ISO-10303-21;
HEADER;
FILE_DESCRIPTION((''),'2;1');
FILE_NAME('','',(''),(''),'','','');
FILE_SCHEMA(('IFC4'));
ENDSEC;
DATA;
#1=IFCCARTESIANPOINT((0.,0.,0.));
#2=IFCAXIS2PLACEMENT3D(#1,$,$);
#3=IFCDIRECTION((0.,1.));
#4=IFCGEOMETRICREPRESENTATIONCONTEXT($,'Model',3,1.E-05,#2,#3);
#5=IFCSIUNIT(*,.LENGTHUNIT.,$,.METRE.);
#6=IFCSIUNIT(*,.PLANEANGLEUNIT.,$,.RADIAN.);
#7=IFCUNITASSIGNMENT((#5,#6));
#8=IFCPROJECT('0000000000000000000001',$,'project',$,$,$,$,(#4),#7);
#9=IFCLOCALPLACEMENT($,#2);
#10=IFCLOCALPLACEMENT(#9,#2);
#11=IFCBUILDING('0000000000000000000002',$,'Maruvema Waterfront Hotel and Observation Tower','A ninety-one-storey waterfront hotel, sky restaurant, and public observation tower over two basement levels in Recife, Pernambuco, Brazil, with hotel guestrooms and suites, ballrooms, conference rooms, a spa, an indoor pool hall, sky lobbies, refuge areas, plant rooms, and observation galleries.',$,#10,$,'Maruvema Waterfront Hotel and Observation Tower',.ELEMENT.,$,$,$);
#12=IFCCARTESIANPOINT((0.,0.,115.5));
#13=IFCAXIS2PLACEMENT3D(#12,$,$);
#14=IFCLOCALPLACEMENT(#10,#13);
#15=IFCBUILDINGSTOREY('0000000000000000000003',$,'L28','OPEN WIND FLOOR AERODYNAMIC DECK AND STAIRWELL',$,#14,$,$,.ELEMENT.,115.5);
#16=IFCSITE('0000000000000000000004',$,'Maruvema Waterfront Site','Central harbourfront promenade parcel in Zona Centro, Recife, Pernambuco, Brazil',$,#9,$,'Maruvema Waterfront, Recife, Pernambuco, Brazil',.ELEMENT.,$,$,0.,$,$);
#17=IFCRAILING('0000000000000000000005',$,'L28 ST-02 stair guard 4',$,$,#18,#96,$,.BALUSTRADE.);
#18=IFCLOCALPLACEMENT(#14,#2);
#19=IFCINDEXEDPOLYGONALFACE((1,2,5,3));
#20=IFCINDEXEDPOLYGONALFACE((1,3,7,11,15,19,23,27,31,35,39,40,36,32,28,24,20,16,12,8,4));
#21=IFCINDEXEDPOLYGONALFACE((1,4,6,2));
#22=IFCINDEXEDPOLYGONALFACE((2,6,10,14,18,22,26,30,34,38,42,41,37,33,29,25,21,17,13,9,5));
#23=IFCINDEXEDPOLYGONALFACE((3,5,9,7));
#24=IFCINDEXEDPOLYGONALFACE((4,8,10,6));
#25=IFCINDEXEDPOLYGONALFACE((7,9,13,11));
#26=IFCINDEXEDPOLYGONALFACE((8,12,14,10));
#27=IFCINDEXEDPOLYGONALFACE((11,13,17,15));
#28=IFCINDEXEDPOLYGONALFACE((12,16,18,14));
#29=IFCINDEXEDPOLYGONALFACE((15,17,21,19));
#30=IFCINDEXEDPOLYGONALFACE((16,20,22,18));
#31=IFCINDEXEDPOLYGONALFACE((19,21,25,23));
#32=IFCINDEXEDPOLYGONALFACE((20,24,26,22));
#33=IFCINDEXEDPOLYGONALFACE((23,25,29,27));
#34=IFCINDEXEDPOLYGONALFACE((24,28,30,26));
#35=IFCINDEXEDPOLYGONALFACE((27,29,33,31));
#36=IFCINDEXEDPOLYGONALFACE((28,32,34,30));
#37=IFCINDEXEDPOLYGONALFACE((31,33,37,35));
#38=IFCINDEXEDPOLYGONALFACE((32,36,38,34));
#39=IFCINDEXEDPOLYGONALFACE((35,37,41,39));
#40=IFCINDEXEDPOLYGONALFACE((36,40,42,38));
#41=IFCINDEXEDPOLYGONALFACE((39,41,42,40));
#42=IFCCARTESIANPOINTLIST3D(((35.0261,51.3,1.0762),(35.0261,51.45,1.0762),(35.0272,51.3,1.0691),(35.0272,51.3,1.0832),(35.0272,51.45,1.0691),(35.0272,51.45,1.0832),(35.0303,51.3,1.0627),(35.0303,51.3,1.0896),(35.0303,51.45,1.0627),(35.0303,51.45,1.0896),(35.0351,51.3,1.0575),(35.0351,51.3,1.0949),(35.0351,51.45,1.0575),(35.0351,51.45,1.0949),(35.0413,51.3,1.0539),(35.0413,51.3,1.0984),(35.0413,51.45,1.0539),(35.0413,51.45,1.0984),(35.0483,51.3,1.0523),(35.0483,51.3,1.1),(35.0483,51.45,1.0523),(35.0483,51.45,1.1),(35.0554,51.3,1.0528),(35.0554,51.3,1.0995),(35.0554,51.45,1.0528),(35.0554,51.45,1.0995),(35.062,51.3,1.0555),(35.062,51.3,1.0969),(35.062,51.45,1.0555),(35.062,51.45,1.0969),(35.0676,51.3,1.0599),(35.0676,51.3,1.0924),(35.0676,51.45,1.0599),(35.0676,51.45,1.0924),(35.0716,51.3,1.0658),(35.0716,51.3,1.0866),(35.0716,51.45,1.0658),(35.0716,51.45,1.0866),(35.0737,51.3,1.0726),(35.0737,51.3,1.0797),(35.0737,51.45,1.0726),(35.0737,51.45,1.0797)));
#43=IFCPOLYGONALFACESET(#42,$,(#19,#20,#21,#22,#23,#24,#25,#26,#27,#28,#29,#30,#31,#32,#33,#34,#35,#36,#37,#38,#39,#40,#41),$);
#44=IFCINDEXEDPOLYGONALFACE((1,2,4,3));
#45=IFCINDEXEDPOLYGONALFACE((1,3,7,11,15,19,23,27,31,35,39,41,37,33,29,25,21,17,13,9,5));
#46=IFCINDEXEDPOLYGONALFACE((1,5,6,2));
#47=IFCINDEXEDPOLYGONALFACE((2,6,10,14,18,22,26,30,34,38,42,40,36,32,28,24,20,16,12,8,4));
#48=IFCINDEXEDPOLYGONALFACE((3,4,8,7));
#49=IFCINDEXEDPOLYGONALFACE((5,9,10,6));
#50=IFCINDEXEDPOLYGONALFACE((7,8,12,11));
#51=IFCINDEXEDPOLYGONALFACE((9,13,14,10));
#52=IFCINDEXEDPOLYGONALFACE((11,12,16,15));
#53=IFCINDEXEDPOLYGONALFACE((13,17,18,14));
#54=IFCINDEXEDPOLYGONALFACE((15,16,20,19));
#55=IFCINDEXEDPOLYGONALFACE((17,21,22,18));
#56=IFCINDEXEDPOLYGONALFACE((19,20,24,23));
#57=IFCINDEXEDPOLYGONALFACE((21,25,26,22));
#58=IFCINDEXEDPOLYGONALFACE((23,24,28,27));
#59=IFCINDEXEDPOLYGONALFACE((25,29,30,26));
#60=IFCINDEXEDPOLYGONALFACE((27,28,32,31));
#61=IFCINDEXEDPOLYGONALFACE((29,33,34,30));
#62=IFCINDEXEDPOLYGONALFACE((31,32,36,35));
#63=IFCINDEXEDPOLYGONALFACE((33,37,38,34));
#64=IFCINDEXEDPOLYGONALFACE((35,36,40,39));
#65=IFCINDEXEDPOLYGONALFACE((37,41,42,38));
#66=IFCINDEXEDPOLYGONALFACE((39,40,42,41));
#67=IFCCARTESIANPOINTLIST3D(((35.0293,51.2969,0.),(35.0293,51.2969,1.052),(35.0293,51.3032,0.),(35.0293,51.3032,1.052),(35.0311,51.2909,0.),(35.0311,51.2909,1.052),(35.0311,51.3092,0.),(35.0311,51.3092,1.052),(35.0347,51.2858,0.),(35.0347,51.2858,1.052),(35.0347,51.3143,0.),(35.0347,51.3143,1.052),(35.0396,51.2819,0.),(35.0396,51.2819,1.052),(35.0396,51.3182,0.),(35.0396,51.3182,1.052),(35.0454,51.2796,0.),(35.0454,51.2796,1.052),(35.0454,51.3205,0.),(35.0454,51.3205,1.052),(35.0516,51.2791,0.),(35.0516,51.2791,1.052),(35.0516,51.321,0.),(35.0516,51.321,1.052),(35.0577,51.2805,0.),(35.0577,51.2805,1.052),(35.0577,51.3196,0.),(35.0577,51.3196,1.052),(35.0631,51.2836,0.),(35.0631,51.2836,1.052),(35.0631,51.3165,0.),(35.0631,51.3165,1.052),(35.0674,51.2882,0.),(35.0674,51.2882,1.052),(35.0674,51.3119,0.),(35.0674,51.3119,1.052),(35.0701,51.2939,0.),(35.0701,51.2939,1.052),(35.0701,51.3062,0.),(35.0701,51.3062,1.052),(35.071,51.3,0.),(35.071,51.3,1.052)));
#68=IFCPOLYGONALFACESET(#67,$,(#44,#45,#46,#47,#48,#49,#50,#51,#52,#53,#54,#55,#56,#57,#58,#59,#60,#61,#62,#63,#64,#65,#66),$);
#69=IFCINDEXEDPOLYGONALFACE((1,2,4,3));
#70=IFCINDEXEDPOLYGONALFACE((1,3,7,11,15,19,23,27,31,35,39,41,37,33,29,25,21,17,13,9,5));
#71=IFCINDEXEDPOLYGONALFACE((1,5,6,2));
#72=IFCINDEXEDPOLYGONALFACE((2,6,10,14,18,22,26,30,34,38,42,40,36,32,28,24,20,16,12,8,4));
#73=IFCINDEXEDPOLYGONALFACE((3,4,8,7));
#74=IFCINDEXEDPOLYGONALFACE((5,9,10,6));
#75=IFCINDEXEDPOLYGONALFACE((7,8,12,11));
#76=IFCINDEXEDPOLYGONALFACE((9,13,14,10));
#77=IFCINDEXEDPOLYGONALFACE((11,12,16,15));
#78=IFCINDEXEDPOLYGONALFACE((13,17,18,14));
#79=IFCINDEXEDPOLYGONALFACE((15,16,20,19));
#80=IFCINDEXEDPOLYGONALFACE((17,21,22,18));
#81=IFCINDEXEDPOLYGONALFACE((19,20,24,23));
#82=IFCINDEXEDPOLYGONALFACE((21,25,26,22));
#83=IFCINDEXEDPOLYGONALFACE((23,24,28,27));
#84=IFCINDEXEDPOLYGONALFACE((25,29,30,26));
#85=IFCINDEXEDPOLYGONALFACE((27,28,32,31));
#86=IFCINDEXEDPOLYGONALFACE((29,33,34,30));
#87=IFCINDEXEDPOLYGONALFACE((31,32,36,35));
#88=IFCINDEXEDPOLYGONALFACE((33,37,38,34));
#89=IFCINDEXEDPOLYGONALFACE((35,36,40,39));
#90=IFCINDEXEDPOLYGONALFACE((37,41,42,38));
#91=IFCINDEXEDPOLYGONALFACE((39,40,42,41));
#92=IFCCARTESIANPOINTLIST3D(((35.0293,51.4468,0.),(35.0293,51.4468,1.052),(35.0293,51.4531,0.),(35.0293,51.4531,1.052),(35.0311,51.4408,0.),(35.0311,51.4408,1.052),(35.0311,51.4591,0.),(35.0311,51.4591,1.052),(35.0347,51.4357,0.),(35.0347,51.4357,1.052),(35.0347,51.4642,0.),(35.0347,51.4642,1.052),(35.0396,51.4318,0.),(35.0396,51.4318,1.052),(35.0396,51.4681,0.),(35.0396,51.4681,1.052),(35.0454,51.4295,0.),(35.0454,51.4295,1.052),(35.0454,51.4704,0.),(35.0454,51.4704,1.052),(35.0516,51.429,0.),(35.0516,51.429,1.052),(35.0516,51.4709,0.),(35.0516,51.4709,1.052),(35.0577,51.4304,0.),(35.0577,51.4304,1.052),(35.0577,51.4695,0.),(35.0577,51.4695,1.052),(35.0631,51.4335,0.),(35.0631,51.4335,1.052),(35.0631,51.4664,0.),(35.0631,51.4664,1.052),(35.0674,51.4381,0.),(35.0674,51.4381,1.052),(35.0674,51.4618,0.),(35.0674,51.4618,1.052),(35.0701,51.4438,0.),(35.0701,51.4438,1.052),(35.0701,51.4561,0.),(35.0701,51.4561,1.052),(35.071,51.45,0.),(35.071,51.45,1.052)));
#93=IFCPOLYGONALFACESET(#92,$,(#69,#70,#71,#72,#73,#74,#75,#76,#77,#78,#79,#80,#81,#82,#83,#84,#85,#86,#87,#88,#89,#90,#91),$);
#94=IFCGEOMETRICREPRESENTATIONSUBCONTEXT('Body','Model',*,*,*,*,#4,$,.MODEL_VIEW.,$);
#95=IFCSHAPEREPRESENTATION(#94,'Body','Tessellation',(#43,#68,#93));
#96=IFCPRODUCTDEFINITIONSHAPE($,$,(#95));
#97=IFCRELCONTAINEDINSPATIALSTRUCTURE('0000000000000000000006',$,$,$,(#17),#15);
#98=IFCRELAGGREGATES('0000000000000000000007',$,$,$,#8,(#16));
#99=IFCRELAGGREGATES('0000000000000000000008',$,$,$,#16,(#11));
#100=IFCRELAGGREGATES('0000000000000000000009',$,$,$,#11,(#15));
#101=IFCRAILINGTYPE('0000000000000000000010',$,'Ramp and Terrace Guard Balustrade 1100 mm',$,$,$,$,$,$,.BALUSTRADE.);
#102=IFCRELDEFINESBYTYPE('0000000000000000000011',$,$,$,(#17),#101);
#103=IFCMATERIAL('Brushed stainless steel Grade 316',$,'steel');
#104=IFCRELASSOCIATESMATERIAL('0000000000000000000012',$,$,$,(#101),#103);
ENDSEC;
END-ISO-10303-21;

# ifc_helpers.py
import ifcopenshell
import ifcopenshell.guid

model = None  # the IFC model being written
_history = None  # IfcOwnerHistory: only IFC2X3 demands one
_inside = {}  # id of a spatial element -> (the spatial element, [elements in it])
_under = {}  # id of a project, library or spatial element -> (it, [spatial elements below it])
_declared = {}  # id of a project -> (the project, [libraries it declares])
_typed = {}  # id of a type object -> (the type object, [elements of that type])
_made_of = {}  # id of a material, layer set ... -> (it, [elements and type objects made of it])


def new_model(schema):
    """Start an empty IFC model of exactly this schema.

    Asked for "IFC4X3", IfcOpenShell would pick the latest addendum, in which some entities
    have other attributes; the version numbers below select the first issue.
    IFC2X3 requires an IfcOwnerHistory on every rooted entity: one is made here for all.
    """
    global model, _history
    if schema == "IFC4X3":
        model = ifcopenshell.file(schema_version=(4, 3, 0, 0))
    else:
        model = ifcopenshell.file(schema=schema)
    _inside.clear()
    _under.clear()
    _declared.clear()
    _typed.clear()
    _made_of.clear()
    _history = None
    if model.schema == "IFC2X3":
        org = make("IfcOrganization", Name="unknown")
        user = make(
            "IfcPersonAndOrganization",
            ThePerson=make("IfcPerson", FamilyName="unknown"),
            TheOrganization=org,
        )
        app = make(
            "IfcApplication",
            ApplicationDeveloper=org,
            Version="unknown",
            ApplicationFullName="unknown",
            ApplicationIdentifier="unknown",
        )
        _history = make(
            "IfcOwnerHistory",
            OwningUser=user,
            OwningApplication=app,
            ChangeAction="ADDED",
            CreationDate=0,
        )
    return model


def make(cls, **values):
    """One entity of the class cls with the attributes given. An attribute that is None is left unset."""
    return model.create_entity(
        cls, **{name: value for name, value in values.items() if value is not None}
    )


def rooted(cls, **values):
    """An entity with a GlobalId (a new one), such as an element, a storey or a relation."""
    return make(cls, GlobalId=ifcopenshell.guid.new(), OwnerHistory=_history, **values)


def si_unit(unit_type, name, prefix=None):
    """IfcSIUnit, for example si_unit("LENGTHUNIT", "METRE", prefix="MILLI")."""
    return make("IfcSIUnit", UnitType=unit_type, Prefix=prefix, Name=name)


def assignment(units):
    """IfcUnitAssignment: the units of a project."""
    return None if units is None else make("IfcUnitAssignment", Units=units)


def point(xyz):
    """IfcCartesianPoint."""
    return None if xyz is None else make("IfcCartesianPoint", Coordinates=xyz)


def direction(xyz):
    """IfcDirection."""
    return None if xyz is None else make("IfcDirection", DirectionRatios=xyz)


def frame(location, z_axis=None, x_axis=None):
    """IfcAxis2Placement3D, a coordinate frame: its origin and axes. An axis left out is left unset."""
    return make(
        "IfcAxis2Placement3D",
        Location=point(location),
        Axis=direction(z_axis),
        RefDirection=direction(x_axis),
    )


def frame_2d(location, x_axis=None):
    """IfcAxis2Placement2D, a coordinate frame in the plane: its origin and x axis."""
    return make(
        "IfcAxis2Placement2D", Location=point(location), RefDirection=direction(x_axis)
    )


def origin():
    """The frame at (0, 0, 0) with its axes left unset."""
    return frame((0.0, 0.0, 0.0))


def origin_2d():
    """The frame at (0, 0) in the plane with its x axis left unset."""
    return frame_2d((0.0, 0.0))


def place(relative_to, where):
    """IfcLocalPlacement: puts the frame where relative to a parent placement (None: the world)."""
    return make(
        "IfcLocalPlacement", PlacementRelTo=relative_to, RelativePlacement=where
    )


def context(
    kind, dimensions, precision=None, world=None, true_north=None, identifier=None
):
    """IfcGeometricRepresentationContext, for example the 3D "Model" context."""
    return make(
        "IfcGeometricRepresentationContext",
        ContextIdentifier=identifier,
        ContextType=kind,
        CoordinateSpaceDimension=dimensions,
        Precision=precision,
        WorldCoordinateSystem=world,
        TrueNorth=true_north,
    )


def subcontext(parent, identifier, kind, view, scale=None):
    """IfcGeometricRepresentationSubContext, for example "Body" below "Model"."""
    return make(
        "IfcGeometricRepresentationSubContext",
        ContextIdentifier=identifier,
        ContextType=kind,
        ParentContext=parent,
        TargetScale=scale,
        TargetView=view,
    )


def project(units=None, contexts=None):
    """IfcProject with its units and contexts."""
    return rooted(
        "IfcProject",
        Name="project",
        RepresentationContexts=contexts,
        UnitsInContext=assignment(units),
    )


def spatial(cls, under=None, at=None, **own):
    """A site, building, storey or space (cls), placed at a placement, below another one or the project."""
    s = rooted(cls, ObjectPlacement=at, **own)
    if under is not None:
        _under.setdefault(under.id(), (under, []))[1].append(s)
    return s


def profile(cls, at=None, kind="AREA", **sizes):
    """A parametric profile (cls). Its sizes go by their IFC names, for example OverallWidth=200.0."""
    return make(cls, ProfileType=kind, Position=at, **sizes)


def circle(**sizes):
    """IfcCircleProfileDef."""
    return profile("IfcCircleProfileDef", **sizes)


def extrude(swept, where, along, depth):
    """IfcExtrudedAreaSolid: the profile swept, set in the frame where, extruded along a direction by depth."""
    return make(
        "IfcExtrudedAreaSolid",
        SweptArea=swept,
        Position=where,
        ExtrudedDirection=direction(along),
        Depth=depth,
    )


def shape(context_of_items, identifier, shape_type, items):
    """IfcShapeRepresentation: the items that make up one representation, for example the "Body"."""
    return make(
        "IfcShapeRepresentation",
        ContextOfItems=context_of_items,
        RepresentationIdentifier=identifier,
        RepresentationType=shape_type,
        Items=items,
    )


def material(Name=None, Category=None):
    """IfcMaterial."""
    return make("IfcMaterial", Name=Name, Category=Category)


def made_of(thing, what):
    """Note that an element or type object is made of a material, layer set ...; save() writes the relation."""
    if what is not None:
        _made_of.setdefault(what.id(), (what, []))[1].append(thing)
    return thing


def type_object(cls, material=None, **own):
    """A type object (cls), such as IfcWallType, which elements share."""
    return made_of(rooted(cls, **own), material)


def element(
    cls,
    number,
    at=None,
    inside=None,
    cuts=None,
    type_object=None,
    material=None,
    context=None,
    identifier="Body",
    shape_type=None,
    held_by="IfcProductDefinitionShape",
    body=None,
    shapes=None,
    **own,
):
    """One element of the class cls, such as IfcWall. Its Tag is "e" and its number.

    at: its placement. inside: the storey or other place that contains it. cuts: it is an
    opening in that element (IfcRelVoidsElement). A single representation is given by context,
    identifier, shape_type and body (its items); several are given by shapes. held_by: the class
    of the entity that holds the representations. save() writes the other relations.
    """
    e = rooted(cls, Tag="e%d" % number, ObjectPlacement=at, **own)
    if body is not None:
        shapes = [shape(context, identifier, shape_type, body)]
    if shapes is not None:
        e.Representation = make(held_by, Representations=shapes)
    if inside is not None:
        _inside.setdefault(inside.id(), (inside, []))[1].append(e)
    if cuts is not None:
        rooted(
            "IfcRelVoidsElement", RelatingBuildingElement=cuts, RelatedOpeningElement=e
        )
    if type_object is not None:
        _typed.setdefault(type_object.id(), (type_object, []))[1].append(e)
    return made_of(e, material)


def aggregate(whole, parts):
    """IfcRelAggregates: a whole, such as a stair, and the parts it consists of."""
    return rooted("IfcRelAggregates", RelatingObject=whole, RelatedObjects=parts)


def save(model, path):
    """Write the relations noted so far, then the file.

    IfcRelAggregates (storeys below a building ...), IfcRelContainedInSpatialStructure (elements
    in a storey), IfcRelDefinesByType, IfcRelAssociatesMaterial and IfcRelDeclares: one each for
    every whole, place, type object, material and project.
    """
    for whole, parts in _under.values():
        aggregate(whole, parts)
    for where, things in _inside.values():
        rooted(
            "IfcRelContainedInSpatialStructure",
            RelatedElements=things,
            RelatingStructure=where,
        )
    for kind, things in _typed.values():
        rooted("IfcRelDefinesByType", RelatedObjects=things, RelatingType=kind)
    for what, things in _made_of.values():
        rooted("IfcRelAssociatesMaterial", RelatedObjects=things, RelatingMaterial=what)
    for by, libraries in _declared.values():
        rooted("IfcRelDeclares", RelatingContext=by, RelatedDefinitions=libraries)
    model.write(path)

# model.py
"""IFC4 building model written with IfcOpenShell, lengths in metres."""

from ifc_helpers import new_model, si_unit, direction, frame, origin, origin_2d, place, context, subcontext, project, spatial, circle, extrude, material, type_object, element, save


model = new_model("IFC4")

# Units and contexts
model_context = context("Model", 3, precision=1e-05, world=origin(), true_north=direction((0.0, 1.0)))
body_context = subcontext(model_context, "Body", "Model", "MODEL_VIEW")
ifc_project = project(units=[si_unit("LENGTHUNIT", "METRE"), si_unit("PLANEANGLEUNIT", "RADIAN")], contexts=[model_context])

# Site, building, storey
site_placement = place(None, origin())
site = spatial("IfcSite", under=ifc_project, at=site_placement, Name="Maruvema Waterfront Site", Description="Central harbourfront promenade parcel in Zona Centro, Recife, Pernambuco, Brazil", LongName="Maruvema Waterfront, Recife, Pernambuco, Brazil", CompositionType="ELEMENT", RefElevation=0.0)
building_placement = place(site_placement, origin())
building = spatial("IfcBuilding", under=site, at=building_placement, Name="Maruvema Waterfront Hotel and Observation Tower", Description="A ninety-one-storey waterfront hotel, sky restaurant, and public observation tower over two basement levels in Recife, Pernambuco, Brazil, with hotel guestrooms and suites, ballrooms, conference rooms, a spa, an indoor pool hall, sky lobbies, refuge areas, plant rooms, and observation galleries.", LongName="Maruvema Waterfront Hotel and Observation Tower", CompositionType="ELEMENT")
storey_placement = place(building_placement, frame((0.0, 0.0, 115.5)))
storey = spatial("IfcBuildingStorey", under=building, at=storey_placement, Name="L28", Description="OPEN WIND FLOOR AERODYNAMIC DECK AND STAIRWELL", CompositionType="ELEMENT", Elevation=115.5)

# Railing
ifc_material_1 = material(Name="Brushed stainless steel Grade 316", Category="steel")
railing_type_1 = type_object("IfcRailingType", Name="Ramp and Terrace Guard Balustrade 1100 mm", PredefinedType="BALUSTRADE", material=ifc_material_1)
railing_1_placement = place(storey_placement, frame((35.05, 51.3, 0.0)))
element("IfcRailing", 1, at=railing_1_placement, inside=storey, type_object=railing_type_1, Name="L28 ST-02 stair guard 4", PredefinedType="BALUSTRADE", context=body_context, shape_type="SweptSolid", body=[
    extrude(circle(Radius=0.0239, at=origin_2d()), frame((0.0, 0.0, 1.0762), z_axis=(0.0, 1.0, 0.0), x_axis=(-1.0, 0.0, 0.0)), (0.0, 0.0, 1.0), 0.1499),
    extrude(circle(Radius=0.021, at=origin_2d()), origin(), (0.0, 0.0, 1.0), 1.052),
    extrude(circle(Radius=0.021, at=origin_2d()), frame((0.0, 0.1499, 0.0)), (0.0, 0.0, 1.0), 1.052),
])

save(model, "model.ifc")
